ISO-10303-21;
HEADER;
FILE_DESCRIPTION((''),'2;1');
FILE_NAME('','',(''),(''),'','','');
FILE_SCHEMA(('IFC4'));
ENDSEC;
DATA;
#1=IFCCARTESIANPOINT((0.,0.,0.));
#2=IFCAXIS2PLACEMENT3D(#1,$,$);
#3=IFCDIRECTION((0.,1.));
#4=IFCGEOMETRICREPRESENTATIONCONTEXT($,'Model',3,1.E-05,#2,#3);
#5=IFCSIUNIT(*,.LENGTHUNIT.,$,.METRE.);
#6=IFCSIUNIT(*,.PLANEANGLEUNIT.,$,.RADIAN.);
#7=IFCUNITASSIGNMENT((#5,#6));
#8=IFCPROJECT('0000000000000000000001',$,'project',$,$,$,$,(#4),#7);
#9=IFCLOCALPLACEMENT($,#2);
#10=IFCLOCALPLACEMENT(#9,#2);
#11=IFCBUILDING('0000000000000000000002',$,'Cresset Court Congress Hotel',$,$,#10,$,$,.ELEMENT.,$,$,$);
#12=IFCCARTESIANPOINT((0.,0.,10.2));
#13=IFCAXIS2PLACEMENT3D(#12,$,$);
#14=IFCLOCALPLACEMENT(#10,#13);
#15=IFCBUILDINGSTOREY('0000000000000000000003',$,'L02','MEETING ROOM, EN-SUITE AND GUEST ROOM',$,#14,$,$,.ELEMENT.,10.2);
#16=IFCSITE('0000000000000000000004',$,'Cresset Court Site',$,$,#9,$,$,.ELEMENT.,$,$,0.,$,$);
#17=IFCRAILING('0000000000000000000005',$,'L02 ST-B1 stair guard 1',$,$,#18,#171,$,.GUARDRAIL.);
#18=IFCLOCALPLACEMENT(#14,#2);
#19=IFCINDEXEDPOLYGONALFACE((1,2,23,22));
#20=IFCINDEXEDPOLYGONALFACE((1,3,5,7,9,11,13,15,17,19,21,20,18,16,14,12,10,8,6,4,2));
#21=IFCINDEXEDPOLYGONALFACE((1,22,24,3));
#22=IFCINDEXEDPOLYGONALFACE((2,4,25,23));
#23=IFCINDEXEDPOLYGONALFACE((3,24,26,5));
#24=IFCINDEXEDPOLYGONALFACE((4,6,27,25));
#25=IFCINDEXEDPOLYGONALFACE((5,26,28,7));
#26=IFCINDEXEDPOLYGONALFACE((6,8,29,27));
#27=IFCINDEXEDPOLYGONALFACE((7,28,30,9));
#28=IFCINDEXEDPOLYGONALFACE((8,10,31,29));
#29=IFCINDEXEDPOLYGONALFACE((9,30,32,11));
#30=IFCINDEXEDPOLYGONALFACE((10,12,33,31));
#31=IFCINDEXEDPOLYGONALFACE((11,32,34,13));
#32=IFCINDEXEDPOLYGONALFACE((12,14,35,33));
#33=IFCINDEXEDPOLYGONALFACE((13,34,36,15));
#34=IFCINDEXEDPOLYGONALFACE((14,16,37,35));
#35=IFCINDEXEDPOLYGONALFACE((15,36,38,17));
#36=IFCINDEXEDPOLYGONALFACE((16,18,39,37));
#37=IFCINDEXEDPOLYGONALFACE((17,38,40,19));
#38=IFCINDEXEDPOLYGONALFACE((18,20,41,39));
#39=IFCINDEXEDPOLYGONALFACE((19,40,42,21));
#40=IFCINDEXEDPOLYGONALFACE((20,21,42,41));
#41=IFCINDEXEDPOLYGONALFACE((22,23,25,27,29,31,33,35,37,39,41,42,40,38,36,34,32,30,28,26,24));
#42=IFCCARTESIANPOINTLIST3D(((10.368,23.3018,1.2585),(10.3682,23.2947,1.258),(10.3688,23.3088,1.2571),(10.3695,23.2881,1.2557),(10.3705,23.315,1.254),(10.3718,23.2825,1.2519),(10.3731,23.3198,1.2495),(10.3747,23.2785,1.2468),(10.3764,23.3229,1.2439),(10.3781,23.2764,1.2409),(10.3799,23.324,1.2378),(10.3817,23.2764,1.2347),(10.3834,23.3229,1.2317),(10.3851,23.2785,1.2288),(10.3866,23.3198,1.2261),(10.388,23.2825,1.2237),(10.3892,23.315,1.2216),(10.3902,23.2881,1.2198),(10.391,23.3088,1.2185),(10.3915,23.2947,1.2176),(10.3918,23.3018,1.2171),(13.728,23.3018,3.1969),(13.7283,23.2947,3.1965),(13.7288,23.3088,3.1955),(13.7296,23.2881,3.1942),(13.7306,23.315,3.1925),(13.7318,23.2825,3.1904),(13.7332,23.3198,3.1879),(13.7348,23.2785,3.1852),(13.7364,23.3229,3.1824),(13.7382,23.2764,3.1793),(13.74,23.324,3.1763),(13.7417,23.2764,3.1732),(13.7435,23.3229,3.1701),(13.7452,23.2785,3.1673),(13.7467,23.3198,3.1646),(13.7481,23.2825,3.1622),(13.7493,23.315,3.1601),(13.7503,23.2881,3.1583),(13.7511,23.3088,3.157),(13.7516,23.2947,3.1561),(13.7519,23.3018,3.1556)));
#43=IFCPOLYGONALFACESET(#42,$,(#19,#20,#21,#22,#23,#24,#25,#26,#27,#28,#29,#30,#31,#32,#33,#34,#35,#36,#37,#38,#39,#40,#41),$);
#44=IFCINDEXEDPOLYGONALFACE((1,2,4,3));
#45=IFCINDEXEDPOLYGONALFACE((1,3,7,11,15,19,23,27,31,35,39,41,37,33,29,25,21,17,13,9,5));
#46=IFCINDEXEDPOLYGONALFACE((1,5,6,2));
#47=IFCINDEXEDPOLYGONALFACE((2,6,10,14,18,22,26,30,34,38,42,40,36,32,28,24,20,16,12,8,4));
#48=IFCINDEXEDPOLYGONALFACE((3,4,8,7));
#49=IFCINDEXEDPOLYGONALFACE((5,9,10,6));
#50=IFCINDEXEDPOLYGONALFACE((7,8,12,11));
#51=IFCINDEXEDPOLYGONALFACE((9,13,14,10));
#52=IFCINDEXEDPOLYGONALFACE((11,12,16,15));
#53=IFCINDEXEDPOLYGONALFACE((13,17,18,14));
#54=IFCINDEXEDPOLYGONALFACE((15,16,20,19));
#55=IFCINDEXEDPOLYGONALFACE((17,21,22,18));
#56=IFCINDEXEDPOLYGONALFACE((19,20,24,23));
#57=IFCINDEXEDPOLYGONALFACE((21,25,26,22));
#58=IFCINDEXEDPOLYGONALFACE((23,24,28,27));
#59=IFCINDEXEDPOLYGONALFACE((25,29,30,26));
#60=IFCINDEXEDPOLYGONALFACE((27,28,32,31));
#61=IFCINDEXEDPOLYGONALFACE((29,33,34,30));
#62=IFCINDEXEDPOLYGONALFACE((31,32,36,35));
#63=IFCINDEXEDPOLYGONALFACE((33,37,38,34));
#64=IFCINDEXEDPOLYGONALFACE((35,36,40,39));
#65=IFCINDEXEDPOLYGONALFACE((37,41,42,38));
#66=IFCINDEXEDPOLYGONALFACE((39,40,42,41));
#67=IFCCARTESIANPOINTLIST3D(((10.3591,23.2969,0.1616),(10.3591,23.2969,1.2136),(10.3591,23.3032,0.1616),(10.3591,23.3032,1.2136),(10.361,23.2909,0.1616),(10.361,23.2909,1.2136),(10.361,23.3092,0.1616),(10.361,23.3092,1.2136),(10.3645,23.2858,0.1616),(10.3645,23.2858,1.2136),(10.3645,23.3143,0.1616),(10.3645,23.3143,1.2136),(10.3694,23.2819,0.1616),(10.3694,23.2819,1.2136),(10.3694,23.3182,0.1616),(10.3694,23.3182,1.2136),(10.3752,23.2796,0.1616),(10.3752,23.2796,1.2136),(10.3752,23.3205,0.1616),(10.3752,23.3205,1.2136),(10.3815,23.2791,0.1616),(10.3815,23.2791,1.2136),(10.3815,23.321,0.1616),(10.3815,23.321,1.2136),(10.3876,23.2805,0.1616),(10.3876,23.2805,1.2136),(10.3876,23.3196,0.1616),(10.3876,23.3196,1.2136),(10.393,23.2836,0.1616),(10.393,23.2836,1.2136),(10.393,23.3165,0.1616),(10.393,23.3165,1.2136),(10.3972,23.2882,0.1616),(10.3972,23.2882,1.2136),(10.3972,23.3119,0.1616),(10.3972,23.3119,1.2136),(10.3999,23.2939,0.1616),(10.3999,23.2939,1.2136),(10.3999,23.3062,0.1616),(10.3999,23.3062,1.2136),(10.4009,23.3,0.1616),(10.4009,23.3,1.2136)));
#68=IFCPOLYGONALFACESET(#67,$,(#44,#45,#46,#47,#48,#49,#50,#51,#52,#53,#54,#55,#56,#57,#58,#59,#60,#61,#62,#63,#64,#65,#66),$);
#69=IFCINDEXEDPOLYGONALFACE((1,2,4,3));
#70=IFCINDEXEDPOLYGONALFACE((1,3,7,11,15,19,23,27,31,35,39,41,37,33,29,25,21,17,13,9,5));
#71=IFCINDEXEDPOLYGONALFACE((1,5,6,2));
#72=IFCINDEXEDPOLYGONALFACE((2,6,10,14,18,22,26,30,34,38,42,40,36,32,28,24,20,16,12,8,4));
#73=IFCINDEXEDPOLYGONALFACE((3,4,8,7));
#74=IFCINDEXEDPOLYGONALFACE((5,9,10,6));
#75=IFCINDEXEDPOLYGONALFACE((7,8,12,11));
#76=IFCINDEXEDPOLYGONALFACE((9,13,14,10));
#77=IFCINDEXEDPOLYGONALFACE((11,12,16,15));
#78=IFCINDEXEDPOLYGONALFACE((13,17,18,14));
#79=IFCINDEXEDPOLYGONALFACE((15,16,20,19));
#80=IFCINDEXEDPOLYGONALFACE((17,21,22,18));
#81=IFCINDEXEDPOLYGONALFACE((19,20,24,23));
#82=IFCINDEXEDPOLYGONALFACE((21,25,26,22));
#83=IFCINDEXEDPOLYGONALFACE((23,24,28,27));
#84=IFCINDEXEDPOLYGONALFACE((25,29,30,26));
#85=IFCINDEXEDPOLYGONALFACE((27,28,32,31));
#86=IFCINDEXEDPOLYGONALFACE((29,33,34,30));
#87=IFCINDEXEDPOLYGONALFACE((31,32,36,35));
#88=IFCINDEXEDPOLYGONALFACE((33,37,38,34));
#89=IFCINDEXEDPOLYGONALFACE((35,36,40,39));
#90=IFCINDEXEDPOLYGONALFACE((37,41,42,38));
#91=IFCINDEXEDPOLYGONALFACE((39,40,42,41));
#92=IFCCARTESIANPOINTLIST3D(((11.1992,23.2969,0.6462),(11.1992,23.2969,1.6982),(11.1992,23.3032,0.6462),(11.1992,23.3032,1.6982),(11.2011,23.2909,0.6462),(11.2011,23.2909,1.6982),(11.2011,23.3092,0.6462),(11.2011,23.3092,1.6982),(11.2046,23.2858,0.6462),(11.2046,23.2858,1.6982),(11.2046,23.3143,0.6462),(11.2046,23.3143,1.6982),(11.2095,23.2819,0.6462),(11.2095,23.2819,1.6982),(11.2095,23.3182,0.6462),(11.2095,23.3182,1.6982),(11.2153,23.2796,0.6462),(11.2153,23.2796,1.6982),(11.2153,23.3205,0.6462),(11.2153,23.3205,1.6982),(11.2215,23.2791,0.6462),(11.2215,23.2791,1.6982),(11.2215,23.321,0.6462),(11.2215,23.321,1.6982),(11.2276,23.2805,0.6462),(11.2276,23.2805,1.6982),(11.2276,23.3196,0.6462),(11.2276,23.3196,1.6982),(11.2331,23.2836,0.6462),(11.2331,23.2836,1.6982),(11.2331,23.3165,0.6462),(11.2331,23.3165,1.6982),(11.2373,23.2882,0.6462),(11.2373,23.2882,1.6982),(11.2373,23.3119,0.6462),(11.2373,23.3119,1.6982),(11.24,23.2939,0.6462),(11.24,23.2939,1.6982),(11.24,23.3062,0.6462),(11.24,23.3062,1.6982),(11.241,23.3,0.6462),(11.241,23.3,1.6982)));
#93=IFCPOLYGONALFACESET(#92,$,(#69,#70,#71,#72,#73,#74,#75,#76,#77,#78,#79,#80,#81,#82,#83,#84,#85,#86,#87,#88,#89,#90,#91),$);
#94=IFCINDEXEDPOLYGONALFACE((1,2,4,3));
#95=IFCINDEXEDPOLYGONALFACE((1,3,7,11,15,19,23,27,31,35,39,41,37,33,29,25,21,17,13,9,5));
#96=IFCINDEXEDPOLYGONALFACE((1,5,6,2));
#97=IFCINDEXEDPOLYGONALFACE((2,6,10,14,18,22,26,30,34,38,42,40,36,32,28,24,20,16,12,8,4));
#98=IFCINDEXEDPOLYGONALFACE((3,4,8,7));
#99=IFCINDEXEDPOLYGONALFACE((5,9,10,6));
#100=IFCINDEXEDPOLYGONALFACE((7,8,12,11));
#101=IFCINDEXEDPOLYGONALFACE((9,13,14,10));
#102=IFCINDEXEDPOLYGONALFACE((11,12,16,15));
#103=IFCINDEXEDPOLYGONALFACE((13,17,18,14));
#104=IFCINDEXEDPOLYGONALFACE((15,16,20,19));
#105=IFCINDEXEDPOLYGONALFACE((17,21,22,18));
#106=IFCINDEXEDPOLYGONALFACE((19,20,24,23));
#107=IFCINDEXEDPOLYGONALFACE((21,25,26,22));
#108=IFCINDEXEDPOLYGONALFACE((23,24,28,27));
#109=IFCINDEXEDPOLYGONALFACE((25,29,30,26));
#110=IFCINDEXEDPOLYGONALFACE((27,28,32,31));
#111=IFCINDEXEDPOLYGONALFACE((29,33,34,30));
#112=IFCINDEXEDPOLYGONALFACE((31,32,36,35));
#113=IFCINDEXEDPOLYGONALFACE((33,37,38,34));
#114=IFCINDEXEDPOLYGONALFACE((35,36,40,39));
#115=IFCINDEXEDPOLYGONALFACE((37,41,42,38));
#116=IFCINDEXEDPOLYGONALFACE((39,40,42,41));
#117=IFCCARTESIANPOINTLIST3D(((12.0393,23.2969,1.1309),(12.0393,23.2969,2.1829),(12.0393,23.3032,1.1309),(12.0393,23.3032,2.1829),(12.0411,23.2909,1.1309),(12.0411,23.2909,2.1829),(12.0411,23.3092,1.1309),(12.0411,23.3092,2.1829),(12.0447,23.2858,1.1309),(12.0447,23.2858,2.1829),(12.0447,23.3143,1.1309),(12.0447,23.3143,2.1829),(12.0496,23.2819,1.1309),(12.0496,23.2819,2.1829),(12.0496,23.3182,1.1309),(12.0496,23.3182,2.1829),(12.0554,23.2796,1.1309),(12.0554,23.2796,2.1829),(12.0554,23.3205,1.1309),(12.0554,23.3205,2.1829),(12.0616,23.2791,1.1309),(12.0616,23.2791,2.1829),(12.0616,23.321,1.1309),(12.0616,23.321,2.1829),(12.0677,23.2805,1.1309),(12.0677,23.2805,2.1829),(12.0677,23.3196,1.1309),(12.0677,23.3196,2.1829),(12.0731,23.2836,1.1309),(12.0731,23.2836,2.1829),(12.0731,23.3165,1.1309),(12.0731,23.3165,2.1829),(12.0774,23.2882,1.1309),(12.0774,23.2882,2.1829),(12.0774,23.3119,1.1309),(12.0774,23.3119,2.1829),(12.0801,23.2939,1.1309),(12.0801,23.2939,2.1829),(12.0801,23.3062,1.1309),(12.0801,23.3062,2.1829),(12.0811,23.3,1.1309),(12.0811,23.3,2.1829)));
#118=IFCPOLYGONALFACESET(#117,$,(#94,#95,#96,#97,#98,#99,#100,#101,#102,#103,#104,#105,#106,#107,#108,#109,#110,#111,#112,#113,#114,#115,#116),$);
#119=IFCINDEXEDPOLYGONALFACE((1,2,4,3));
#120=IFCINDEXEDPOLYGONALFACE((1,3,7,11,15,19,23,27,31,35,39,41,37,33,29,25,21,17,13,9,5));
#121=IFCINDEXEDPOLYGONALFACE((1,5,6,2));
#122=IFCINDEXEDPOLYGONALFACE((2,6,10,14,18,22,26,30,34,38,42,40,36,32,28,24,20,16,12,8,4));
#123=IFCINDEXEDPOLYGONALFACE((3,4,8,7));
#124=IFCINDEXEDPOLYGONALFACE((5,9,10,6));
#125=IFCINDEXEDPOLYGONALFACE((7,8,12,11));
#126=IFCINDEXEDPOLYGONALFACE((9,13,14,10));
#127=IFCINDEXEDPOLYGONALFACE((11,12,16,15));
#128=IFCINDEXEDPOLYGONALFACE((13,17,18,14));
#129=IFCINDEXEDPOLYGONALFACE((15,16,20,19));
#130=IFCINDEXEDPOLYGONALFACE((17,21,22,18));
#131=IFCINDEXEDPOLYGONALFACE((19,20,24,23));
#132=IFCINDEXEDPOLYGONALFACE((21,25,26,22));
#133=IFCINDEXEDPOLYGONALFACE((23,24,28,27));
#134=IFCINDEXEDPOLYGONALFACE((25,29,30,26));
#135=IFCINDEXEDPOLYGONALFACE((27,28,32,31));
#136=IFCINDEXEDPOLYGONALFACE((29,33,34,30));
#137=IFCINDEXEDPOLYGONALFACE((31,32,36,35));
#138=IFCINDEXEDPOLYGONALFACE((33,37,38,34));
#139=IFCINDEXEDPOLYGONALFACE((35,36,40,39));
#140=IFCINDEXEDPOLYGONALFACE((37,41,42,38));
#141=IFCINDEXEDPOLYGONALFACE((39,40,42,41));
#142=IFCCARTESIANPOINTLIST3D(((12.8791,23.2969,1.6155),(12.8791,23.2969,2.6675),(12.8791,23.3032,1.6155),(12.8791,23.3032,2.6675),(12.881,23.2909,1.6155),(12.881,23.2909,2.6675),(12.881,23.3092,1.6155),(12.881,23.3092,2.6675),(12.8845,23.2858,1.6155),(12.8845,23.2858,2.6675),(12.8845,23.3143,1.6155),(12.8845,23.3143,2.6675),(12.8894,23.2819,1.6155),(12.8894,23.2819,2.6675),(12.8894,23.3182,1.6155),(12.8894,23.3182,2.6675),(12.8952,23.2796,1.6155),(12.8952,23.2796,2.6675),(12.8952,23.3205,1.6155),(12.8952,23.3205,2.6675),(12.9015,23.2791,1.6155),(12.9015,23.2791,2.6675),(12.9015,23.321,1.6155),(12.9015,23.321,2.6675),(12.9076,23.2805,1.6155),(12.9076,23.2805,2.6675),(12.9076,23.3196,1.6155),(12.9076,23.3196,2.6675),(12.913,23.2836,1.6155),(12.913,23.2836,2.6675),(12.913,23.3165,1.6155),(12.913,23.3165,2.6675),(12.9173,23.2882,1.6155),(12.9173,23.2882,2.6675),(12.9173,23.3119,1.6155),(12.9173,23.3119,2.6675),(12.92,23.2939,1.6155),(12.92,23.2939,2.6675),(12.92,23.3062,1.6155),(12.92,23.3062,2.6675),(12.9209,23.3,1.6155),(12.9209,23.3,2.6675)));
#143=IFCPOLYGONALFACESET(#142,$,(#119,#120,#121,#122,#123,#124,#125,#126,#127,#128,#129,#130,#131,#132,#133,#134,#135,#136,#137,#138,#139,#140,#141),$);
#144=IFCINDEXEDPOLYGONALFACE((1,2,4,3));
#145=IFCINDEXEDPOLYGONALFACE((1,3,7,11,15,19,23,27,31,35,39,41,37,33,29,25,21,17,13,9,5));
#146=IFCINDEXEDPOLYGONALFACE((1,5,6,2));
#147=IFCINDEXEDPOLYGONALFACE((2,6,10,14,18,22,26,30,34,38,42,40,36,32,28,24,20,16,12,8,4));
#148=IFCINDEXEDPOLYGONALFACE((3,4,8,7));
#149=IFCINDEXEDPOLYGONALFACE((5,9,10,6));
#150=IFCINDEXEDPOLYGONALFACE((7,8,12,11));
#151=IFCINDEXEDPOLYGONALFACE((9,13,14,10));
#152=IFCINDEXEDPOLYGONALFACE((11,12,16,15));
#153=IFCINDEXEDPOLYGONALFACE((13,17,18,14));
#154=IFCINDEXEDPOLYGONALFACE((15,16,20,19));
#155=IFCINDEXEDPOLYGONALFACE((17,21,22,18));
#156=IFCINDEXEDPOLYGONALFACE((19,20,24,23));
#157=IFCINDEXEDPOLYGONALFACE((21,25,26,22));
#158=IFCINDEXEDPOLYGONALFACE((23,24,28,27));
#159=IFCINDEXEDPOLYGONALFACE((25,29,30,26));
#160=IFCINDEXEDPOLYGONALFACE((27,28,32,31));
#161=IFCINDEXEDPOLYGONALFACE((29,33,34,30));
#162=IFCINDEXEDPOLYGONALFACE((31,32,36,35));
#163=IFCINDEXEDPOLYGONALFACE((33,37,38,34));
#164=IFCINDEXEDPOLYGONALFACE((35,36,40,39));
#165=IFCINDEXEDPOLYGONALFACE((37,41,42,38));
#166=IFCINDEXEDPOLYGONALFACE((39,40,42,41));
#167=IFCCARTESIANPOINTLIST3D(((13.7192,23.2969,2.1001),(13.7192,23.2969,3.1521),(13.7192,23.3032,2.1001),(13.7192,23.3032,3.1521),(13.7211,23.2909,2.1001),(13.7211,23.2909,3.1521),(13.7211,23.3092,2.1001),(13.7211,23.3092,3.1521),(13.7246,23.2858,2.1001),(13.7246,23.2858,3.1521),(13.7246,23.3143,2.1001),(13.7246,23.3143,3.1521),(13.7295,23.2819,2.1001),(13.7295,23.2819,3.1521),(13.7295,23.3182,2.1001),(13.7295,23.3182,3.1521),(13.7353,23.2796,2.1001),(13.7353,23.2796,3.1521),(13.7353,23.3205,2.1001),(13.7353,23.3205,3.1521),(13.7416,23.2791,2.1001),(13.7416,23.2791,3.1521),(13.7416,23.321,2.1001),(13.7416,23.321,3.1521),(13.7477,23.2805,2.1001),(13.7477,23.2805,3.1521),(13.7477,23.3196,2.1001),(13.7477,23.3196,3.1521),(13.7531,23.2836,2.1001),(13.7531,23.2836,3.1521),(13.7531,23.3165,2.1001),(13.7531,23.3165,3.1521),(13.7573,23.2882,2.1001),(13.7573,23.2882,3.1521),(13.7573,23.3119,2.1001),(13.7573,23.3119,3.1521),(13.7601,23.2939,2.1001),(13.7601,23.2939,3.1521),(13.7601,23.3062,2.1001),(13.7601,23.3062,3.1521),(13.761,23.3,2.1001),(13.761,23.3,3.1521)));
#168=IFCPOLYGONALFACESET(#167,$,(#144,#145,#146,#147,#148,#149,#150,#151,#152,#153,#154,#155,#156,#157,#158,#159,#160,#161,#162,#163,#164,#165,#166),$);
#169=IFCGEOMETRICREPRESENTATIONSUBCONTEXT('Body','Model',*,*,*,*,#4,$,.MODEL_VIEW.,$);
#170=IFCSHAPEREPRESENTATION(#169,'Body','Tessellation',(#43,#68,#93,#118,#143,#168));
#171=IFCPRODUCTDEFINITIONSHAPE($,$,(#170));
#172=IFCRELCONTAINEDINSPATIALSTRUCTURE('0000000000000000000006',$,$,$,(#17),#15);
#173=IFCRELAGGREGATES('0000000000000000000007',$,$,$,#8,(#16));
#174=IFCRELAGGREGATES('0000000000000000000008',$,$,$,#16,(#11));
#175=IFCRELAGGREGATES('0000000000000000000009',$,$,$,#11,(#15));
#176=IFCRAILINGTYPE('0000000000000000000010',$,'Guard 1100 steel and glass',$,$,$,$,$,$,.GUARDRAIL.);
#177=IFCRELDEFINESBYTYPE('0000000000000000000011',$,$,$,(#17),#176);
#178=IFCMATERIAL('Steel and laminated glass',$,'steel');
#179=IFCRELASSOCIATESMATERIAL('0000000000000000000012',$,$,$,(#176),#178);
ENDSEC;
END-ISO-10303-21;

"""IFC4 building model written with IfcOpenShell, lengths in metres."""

from ifc_helpers import new_model, si_unit, direction, frame, origin, origin_2d, place, context, subcontext, project, spatial, circle, extrude, material, type_object, element, save


model = new_model("IFC4")

# Units and contexts
model_context = context("Model", 3, precision=1e-05, world=origin(), true_north=direction((0.0, 1.0)))
body_context = subcontext(model_context, "Body", "Model", "MODEL_VIEW")
ifc_project = project(units=[si_unit("LENGTHUNIT", "METRE"), si_unit("PLANEANGLEUNIT", "RADIAN")], contexts=[model_context])

# Site, building, storey
site_placement = place(None, origin())
site = spatial("IfcSite", under=ifc_project, at=site_placement, Name="Cresset Court Site", CompositionType="ELEMENT", RefElevation=0.0)
building_placement = place(site_placement, origin())
building = spatial("IfcBuilding", under=site, at=building_placement, Name="Cresset Court Congress Hotel", CompositionType="ELEMENT")
storey_placement = place(building_placement, frame((0.0, 0.0, 10.2)))
storey = spatial("IfcBuildingStorey", under=building, at=storey_placement, Name="L02", Description="MEETING ROOM, EN-SUITE AND GUEST ROOM", CompositionType="ELEMENT", Elevation=10.2)

# Railing
ifc_material_1 = material(Name="Steel and laminated glass", Category="steel")
railing_type_1 = type_object("IfcRailingType", Name="Guard 1100 steel and glass", PredefinedType="GUARDRAIL", material=ifc_material_1)
railing_1_placement = place(storey_placement, frame((10.3799, 23.3, 0.1616)))
element("IfcRailing", 1, at=railing_1_placement, inside=storey, type_object=railing_type_1, Name="L02 ST-B1 stair guard 1", PredefinedType="GUARDRAIL", context=body_context, shape_type="SweptSolid", body=[
    extrude(circle(Radius=0.0239, at=origin_2d()), frame((0.0, 0.0, 1.0762), z_axis=(0.866191, 0.0, 0.499713), x_axis=(0.0, 1.0, 0.0)), (0.0, 0.0, 1.0), 3.8792),
    extrude(circle(Radius=0.021, at=origin_2d()), origin(), (0.0, 0.0, 1.0), 1.052),
    extrude(circle(Radius=0.021, at=origin_2d()), frame((0.8401, 0.0, 0.4846)), (0.0, 0.0, 1.0), 1.052),
    extrude(circle(Radius=0.021, at=origin_2d()), frame((1.6802, 0.0, 0.9692)), (0.0, 0.0, 1.0), 1.052),
    extrude(circle(Radius=0.021, at=origin_2d()), frame((2.52, 0.0, 1.4539)), (0.0, 0.0, 1.0), 1.052),
    extrude(circle(Radius=0.021, at=origin_2d()), frame((3.3601, 0.0, 1.9385)), (0.0, 0.0, 1.0), 1.052),
])

save(model, "model.ifc")
